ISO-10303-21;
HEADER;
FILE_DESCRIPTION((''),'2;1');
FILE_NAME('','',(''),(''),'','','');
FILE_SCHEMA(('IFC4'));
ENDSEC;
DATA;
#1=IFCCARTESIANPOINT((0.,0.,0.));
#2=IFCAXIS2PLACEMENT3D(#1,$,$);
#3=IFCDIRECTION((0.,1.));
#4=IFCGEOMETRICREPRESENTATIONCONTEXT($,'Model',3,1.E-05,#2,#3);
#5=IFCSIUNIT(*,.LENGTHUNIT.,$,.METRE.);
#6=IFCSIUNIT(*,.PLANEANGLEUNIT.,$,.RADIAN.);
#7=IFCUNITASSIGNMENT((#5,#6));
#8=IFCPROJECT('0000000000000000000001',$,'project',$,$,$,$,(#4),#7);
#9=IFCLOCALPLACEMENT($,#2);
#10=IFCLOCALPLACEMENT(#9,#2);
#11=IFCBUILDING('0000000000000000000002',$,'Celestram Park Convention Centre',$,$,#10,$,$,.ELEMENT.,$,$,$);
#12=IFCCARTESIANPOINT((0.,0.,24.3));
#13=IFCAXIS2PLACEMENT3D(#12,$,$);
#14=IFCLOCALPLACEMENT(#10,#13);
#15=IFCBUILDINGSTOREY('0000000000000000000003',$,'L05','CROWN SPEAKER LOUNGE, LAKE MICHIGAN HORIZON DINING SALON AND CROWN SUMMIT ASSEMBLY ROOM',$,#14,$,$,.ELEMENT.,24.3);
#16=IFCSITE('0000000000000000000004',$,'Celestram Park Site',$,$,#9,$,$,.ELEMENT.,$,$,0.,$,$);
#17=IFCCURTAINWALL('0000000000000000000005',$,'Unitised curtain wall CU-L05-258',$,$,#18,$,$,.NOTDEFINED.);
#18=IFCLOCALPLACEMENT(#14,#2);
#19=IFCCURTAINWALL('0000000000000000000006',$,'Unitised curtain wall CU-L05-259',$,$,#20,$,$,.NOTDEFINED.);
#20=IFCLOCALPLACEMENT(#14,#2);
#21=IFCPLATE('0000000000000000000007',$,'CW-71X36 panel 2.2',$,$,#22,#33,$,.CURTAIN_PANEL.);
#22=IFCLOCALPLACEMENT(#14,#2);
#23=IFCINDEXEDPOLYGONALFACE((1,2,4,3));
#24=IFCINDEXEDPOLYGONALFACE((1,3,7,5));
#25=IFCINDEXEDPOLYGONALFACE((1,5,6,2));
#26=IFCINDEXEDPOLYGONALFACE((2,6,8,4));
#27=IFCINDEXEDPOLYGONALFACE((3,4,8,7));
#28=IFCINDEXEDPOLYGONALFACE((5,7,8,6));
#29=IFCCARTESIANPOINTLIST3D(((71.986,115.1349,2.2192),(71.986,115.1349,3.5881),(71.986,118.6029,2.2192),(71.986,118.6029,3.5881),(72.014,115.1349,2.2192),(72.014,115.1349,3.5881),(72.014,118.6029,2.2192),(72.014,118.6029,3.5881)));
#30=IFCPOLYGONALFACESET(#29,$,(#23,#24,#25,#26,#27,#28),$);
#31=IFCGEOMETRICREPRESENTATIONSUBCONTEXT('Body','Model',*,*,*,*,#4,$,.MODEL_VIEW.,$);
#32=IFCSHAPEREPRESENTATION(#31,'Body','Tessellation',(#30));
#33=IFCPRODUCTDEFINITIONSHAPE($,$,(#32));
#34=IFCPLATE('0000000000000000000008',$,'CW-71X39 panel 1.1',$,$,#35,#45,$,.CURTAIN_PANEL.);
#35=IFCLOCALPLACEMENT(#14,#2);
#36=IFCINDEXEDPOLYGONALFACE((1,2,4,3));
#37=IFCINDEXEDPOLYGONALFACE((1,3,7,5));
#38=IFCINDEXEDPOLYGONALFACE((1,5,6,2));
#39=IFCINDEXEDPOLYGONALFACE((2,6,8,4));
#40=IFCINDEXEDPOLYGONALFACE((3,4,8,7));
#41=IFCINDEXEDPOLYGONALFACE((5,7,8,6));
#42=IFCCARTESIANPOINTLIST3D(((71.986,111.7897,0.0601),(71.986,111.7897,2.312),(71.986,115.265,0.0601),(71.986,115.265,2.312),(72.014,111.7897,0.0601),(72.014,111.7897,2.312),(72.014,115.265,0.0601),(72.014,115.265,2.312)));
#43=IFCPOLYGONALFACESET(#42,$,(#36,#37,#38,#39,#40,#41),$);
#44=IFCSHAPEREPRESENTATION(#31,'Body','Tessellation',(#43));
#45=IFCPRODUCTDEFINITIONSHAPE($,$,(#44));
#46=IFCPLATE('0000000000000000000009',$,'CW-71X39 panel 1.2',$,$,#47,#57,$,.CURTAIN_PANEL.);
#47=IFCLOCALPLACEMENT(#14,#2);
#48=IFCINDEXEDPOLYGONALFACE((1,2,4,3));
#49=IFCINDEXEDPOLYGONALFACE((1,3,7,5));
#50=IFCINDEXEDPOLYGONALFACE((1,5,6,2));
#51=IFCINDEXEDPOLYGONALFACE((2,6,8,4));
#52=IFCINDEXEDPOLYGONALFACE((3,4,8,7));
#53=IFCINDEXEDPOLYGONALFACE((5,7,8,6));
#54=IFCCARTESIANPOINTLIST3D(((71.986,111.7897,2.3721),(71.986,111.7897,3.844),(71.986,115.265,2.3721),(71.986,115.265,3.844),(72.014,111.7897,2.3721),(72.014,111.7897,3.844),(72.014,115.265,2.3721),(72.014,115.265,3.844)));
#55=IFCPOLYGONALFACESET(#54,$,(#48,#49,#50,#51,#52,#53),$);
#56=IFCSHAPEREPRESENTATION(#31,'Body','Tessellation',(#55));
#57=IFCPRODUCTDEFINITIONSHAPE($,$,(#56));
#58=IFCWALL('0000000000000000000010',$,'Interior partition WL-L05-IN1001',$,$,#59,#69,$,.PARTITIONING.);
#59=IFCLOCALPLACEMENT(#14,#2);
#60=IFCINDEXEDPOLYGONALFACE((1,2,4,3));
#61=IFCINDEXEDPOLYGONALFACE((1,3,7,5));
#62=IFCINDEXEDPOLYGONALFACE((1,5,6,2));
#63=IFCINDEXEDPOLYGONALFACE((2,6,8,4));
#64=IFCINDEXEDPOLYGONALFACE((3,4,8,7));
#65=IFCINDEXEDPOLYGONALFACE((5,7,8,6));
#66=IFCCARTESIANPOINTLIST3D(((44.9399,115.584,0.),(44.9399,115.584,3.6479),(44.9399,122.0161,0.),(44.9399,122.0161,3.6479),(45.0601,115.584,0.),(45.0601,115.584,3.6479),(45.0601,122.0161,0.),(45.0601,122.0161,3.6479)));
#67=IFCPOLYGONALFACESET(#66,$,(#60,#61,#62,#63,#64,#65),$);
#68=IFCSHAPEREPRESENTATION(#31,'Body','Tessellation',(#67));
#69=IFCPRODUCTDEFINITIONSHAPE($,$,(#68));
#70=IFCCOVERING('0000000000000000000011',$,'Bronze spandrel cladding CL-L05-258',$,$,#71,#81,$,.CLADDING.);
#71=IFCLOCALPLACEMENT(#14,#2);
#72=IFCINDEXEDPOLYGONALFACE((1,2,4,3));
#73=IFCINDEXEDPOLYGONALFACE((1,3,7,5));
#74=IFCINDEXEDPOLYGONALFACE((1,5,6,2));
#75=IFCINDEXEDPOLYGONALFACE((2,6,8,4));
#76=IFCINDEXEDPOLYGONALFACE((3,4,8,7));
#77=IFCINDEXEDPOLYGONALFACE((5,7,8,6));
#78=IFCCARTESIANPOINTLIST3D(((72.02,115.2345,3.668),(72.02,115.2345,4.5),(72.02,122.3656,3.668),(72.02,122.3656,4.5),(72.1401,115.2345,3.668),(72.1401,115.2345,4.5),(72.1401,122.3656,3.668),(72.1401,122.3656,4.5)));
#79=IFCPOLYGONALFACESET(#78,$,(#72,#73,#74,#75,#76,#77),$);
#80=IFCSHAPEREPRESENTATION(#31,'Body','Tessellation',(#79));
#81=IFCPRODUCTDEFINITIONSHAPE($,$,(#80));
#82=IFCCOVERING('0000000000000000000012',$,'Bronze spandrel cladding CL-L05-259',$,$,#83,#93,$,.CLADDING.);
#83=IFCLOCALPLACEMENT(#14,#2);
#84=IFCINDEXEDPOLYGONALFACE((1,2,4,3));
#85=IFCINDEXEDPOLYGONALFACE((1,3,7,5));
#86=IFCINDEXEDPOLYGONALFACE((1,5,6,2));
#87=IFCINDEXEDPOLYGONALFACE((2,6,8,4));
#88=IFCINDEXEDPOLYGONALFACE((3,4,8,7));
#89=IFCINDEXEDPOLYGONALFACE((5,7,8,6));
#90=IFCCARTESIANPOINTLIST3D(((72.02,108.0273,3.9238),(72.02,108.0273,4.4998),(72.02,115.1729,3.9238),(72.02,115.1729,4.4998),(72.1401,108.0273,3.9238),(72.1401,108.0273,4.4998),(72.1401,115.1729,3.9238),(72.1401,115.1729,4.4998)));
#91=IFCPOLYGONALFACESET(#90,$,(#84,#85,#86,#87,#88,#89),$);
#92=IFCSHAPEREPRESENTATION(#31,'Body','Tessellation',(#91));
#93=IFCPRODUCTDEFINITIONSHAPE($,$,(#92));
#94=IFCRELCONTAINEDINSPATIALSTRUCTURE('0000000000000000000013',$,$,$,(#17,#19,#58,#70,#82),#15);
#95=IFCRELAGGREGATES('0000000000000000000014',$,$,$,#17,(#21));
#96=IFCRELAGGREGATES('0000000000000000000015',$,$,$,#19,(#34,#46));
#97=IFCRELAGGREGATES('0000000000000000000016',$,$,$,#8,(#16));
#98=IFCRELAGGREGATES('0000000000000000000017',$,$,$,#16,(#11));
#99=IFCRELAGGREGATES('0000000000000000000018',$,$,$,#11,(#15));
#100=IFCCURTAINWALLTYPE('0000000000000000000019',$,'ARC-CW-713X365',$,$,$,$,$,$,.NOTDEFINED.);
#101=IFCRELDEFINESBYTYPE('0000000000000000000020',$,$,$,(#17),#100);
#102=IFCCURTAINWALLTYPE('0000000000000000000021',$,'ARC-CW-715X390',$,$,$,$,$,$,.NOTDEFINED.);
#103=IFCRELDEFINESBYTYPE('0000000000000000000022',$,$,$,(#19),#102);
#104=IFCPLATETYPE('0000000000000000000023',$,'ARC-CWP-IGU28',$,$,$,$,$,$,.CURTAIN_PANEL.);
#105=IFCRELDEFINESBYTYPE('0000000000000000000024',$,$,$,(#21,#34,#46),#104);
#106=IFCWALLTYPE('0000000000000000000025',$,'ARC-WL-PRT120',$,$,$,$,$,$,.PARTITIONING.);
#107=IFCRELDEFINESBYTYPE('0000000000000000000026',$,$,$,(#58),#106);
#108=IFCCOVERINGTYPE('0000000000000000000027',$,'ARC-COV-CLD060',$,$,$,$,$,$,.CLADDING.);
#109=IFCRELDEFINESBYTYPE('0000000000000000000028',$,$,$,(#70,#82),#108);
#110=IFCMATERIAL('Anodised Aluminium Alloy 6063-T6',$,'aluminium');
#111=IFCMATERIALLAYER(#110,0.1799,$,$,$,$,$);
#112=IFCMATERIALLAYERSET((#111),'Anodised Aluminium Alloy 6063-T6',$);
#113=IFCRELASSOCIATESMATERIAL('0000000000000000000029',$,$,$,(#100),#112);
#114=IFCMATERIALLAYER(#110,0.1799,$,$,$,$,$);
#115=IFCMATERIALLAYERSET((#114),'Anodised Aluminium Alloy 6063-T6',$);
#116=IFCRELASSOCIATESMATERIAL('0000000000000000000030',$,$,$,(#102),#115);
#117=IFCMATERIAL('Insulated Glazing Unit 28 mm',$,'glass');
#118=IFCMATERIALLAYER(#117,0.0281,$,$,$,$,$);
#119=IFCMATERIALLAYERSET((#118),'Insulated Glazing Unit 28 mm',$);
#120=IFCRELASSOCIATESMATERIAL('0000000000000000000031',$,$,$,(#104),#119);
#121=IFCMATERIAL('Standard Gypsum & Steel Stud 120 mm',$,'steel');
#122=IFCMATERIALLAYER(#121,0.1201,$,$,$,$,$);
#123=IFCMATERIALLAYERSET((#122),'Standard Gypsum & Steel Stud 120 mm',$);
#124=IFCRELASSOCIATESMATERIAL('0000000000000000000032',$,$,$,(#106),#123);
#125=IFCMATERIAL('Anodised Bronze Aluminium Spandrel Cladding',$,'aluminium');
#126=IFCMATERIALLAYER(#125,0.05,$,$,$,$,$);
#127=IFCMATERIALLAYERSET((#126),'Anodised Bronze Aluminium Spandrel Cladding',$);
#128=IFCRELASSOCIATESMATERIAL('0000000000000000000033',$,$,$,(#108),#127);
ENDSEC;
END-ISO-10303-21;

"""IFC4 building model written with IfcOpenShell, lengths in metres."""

from ifc_helpers import new_model, si_unit, direction, frame, frame_2d, origin, origin_2d, place, context, subcontext, project, spatial, rectangle, extrude, material, layer, layer_set, type_object, element, aggregate, save


model = new_model("IFC4")

# Units and contexts
model_context = context("Model", 3, precision=1e-05, world=origin(), true_north=direction((0.0, 1.0)))
body_context = subcontext(model_context, "Body", "Model", "MODEL_VIEW")
ifc_project = project(units=[si_unit("LENGTHUNIT", "METRE"), si_unit("PLANEANGLEUNIT", "RADIAN")], contexts=[model_context])

# Site, building, storey
site_placement = place(None, origin())
site = spatial("IfcSite", under=ifc_project, at=site_placement, Name="Celestram Park Site", CompositionType="ELEMENT", RefElevation=0.0)
building_placement = place(site_placement, origin())
building = spatial("IfcBuilding", under=site, at=building_placement, Name="Celestram Park Convention Centre", CompositionType="ELEMENT")
storey_placement = place(building_placement, frame((0.0, 0.0, 24.3)))
storey = spatial("IfcBuildingStorey", under=building, at=storey_placement, Name="L05", Description="CROWN SPEAKER LOUNGE, LAKE MICHIGAN HORIZON DINING SALON AND CROWN SUMMIT ASSEMBLY ROOM", CompositionType="ELEMENT", Elevation=24.3)

# Shared definitions
ifc_material_1 = material(Name="Anodised Aluminium Alloy 6063-T6", Category="aluminium")

# Curtain walls
ifc_layer_1 = layer(ifc_material_1, 0.1799)
ifc_layer_set_1 = layer_set([ifc_layer_1], Name="Anodised Aluminium Alloy 6063-T6")
curtain_wall_type_1 = type_object("IfcCurtainWallType", Name="ARC-CW-713X365", PredefinedType="NOTDEFINED", material=ifc_layer_set_1)
curtain_wall_1_placement = place(storey_placement, origin())
curtain_wall_1 = element("IfcCurtainWall", 1, at=curtain_wall_1_placement, inside=storey, type_object=curtain_wall_type_1, Name="Unitised curtain wall CU-L05-258", PredefinedType="NOTDEFINED")
ifc_layer_2 = layer(ifc_material_1, 0.1799)
ifc_layer_set_2 = layer_set([ifc_layer_2], Name="Anodised Aluminium Alloy 6063-T6")
curtain_wall_type_2 = type_object("IfcCurtainWallType", Name="ARC-CW-715X390", PredefinedType="NOTDEFINED", material=ifc_layer_set_2)
curtain_wall_2_placement = place(storey_placement, origin())
curtain_wall_2 = element("IfcCurtainWall", 2, at=curtain_wall_2_placement, inside=storey, type_object=curtain_wall_type_2, Name="Unitised curtain wall CU-L05-259", PredefinedType="NOTDEFINED")

# Plates
ifc_material_2 = material(Name="Insulated Glazing Unit 28 mm", Category="glass")
ifc_layer_3 = layer(ifc_material_2, 0.0281)
ifc_layer_set_3 = layer_set([ifc_layer_3], Name="Insulated Glazing Unit 28 mm")
plate_type = type_object("IfcPlateType", Name="ARC-CWP-IGU28", PredefinedType="CURTAIN_PANEL", material=ifc_layer_set_3)
plate_1_placement = place(storey_placement, frame((72.0, 116.8689, 2.2192), z_axis=(0.0, 0.0, 1.0), x_axis=(0.0, -1.0, 0.0)))
plate_1 = element("IfcPlate", 3, at=plate_1_placement, type_object=plate_type, Name="CW-71X36 panel 2.2", PredefinedType="CURTAIN_PANEL", context=body_context, shape_type="SweptSolid", body=[
    extrude(rectangle(XDim=3.468, YDim=0.0281, at=origin_2d()), origin(), (0.0, 0.0, 1.0), 1.3689),
])
aggregate(curtain_wall_1, [plate_1])
plate_2_placement = place(storey_placement, frame((72.0, 113.5273, 0.0601), z_axis=(0.0, 0.0, 1.0), x_axis=(0.0, -1.0, 0.0)))
plate_2 = element("IfcPlate", 4, at=plate_2_placement, type_object=plate_type, Name="CW-71X39 panel 1.1", PredefinedType="CURTAIN_PANEL", context=body_context, shape_type="SweptSolid", body=[
    extrude(rectangle(XDim=3.4753, YDim=0.0281, at=origin_2d()), origin(), (0.0, 0.0, 1.0), 2.252),
])
plate_3_placement = place(storey_placement, frame((72.0, 113.5273, 2.3721), z_axis=(0.0, 0.0, 1.0), x_axis=(0.0, -1.0, 0.0)))
plate_3 = element("IfcPlate", 5, at=plate_3_placement, type_object=plate_type, Name="CW-71X39 panel 1.2", PredefinedType="CURTAIN_PANEL", context=body_context, shape_type="SweptSolid", body=[
    extrude(rectangle(XDim=3.4753, YDim=0.0281, at=origin_2d()), origin(), (0.0, 0.0, 1.0), 1.4719),
])
aggregate(curtain_wall_2, [plate_2, plate_3])

# Wall
ifc_material_3 = material(Name="Standard Gypsum & Steel Stud 120 mm", Category="steel")
ifc_layer_4 = layer(ifc_material_3, 0.1201)
ifc_layer_set_4 = layer_set([ifc_layer_4], Name="Standard Gypsum & Steel Stud 120 mm")
wall_type = type_object("IfcWallType", Name="ARC-WL-PRT120", PredefinedType="PARTITIONING", material=ifc_layer_set_4)
wall_placement = place(storey_placement, frame((45.0, 115.584, 0.0), z_axis=(0.0, 0.0, 1.0), x_axis=(0.0, 1.0, 0.0)))
element("IfcWall", 6, at=wall_placement, inside=storey, type_object=wall_type, Name="Interior partition WL-L05-IN1001", PredefinedType="PARTITIONING", context=body_context, shape_type="SweptSolid", body=[
    extrude(rectangle(XDim=6.4321, YDim=0.1201, at=frame_2d((3.2161, 0.0))), origin(), (0.0, 0.0, 1.0), 3.6479),
])

# Coverings
ifc_material_4 = material(Name="Anodised Bronze Aluminium Spandrel Cladding", Category="aluminium")
ifc_layer_5 = layer(ifc_material_4, 0.05)
ifc_layer_set_5 = layer_set([ifc_layer_5], Name="Anodised Bronze Aluminium Spandrel Cladding")
covering_type = type_object("IfcCoveringType", Name="ARC-COV-CLD060", PredefinedType="CLADDING", material=ifc_layer_set_5)
covering_1_placement = place(storey_placement, frame((72.0801, 118.8, 3.668), z_axis=(0.0, 0.0, 1.0), x_axis=(0.0, -1.0, 0.0)))
element("IfcCovering", 7, at=covering_1_placement, inside=storey, type_object=covering_type, Name="Bronze spandrel cladding CL-L05-258", PredefinedType="CLADDING", context=body_context, shape_type="SweptSolid", body=[
    extrude(rectangle(XDim=7.1311, YDim=0.1201, at=origin_2d()), origin(), (0.0, 0.0, 1.0), 0.832),
])
covering_2_placement = place(storey_placement, frame((72.0801, 111.6001, 3.9238), z_axis=(0.0, 0.0, 1.0), x_axis=(0.0, -1.0, 0.0)))
element("IfcCovering", 8, at=covering_2_placement, inside=storey, type_object=covering_type, Name="Bronze spandrel cladding CL-L05-259", PredefinedType="CLADDING", context=body_context, shape_type="SweptSolid", body=[
    extrude(rectangle(XDim=7.1455, YDim=0.1201, at=origin_2d()), origin(), (0.0, 0.0, 1.0), 0.5759),
])

save(model, "model.ifc")
